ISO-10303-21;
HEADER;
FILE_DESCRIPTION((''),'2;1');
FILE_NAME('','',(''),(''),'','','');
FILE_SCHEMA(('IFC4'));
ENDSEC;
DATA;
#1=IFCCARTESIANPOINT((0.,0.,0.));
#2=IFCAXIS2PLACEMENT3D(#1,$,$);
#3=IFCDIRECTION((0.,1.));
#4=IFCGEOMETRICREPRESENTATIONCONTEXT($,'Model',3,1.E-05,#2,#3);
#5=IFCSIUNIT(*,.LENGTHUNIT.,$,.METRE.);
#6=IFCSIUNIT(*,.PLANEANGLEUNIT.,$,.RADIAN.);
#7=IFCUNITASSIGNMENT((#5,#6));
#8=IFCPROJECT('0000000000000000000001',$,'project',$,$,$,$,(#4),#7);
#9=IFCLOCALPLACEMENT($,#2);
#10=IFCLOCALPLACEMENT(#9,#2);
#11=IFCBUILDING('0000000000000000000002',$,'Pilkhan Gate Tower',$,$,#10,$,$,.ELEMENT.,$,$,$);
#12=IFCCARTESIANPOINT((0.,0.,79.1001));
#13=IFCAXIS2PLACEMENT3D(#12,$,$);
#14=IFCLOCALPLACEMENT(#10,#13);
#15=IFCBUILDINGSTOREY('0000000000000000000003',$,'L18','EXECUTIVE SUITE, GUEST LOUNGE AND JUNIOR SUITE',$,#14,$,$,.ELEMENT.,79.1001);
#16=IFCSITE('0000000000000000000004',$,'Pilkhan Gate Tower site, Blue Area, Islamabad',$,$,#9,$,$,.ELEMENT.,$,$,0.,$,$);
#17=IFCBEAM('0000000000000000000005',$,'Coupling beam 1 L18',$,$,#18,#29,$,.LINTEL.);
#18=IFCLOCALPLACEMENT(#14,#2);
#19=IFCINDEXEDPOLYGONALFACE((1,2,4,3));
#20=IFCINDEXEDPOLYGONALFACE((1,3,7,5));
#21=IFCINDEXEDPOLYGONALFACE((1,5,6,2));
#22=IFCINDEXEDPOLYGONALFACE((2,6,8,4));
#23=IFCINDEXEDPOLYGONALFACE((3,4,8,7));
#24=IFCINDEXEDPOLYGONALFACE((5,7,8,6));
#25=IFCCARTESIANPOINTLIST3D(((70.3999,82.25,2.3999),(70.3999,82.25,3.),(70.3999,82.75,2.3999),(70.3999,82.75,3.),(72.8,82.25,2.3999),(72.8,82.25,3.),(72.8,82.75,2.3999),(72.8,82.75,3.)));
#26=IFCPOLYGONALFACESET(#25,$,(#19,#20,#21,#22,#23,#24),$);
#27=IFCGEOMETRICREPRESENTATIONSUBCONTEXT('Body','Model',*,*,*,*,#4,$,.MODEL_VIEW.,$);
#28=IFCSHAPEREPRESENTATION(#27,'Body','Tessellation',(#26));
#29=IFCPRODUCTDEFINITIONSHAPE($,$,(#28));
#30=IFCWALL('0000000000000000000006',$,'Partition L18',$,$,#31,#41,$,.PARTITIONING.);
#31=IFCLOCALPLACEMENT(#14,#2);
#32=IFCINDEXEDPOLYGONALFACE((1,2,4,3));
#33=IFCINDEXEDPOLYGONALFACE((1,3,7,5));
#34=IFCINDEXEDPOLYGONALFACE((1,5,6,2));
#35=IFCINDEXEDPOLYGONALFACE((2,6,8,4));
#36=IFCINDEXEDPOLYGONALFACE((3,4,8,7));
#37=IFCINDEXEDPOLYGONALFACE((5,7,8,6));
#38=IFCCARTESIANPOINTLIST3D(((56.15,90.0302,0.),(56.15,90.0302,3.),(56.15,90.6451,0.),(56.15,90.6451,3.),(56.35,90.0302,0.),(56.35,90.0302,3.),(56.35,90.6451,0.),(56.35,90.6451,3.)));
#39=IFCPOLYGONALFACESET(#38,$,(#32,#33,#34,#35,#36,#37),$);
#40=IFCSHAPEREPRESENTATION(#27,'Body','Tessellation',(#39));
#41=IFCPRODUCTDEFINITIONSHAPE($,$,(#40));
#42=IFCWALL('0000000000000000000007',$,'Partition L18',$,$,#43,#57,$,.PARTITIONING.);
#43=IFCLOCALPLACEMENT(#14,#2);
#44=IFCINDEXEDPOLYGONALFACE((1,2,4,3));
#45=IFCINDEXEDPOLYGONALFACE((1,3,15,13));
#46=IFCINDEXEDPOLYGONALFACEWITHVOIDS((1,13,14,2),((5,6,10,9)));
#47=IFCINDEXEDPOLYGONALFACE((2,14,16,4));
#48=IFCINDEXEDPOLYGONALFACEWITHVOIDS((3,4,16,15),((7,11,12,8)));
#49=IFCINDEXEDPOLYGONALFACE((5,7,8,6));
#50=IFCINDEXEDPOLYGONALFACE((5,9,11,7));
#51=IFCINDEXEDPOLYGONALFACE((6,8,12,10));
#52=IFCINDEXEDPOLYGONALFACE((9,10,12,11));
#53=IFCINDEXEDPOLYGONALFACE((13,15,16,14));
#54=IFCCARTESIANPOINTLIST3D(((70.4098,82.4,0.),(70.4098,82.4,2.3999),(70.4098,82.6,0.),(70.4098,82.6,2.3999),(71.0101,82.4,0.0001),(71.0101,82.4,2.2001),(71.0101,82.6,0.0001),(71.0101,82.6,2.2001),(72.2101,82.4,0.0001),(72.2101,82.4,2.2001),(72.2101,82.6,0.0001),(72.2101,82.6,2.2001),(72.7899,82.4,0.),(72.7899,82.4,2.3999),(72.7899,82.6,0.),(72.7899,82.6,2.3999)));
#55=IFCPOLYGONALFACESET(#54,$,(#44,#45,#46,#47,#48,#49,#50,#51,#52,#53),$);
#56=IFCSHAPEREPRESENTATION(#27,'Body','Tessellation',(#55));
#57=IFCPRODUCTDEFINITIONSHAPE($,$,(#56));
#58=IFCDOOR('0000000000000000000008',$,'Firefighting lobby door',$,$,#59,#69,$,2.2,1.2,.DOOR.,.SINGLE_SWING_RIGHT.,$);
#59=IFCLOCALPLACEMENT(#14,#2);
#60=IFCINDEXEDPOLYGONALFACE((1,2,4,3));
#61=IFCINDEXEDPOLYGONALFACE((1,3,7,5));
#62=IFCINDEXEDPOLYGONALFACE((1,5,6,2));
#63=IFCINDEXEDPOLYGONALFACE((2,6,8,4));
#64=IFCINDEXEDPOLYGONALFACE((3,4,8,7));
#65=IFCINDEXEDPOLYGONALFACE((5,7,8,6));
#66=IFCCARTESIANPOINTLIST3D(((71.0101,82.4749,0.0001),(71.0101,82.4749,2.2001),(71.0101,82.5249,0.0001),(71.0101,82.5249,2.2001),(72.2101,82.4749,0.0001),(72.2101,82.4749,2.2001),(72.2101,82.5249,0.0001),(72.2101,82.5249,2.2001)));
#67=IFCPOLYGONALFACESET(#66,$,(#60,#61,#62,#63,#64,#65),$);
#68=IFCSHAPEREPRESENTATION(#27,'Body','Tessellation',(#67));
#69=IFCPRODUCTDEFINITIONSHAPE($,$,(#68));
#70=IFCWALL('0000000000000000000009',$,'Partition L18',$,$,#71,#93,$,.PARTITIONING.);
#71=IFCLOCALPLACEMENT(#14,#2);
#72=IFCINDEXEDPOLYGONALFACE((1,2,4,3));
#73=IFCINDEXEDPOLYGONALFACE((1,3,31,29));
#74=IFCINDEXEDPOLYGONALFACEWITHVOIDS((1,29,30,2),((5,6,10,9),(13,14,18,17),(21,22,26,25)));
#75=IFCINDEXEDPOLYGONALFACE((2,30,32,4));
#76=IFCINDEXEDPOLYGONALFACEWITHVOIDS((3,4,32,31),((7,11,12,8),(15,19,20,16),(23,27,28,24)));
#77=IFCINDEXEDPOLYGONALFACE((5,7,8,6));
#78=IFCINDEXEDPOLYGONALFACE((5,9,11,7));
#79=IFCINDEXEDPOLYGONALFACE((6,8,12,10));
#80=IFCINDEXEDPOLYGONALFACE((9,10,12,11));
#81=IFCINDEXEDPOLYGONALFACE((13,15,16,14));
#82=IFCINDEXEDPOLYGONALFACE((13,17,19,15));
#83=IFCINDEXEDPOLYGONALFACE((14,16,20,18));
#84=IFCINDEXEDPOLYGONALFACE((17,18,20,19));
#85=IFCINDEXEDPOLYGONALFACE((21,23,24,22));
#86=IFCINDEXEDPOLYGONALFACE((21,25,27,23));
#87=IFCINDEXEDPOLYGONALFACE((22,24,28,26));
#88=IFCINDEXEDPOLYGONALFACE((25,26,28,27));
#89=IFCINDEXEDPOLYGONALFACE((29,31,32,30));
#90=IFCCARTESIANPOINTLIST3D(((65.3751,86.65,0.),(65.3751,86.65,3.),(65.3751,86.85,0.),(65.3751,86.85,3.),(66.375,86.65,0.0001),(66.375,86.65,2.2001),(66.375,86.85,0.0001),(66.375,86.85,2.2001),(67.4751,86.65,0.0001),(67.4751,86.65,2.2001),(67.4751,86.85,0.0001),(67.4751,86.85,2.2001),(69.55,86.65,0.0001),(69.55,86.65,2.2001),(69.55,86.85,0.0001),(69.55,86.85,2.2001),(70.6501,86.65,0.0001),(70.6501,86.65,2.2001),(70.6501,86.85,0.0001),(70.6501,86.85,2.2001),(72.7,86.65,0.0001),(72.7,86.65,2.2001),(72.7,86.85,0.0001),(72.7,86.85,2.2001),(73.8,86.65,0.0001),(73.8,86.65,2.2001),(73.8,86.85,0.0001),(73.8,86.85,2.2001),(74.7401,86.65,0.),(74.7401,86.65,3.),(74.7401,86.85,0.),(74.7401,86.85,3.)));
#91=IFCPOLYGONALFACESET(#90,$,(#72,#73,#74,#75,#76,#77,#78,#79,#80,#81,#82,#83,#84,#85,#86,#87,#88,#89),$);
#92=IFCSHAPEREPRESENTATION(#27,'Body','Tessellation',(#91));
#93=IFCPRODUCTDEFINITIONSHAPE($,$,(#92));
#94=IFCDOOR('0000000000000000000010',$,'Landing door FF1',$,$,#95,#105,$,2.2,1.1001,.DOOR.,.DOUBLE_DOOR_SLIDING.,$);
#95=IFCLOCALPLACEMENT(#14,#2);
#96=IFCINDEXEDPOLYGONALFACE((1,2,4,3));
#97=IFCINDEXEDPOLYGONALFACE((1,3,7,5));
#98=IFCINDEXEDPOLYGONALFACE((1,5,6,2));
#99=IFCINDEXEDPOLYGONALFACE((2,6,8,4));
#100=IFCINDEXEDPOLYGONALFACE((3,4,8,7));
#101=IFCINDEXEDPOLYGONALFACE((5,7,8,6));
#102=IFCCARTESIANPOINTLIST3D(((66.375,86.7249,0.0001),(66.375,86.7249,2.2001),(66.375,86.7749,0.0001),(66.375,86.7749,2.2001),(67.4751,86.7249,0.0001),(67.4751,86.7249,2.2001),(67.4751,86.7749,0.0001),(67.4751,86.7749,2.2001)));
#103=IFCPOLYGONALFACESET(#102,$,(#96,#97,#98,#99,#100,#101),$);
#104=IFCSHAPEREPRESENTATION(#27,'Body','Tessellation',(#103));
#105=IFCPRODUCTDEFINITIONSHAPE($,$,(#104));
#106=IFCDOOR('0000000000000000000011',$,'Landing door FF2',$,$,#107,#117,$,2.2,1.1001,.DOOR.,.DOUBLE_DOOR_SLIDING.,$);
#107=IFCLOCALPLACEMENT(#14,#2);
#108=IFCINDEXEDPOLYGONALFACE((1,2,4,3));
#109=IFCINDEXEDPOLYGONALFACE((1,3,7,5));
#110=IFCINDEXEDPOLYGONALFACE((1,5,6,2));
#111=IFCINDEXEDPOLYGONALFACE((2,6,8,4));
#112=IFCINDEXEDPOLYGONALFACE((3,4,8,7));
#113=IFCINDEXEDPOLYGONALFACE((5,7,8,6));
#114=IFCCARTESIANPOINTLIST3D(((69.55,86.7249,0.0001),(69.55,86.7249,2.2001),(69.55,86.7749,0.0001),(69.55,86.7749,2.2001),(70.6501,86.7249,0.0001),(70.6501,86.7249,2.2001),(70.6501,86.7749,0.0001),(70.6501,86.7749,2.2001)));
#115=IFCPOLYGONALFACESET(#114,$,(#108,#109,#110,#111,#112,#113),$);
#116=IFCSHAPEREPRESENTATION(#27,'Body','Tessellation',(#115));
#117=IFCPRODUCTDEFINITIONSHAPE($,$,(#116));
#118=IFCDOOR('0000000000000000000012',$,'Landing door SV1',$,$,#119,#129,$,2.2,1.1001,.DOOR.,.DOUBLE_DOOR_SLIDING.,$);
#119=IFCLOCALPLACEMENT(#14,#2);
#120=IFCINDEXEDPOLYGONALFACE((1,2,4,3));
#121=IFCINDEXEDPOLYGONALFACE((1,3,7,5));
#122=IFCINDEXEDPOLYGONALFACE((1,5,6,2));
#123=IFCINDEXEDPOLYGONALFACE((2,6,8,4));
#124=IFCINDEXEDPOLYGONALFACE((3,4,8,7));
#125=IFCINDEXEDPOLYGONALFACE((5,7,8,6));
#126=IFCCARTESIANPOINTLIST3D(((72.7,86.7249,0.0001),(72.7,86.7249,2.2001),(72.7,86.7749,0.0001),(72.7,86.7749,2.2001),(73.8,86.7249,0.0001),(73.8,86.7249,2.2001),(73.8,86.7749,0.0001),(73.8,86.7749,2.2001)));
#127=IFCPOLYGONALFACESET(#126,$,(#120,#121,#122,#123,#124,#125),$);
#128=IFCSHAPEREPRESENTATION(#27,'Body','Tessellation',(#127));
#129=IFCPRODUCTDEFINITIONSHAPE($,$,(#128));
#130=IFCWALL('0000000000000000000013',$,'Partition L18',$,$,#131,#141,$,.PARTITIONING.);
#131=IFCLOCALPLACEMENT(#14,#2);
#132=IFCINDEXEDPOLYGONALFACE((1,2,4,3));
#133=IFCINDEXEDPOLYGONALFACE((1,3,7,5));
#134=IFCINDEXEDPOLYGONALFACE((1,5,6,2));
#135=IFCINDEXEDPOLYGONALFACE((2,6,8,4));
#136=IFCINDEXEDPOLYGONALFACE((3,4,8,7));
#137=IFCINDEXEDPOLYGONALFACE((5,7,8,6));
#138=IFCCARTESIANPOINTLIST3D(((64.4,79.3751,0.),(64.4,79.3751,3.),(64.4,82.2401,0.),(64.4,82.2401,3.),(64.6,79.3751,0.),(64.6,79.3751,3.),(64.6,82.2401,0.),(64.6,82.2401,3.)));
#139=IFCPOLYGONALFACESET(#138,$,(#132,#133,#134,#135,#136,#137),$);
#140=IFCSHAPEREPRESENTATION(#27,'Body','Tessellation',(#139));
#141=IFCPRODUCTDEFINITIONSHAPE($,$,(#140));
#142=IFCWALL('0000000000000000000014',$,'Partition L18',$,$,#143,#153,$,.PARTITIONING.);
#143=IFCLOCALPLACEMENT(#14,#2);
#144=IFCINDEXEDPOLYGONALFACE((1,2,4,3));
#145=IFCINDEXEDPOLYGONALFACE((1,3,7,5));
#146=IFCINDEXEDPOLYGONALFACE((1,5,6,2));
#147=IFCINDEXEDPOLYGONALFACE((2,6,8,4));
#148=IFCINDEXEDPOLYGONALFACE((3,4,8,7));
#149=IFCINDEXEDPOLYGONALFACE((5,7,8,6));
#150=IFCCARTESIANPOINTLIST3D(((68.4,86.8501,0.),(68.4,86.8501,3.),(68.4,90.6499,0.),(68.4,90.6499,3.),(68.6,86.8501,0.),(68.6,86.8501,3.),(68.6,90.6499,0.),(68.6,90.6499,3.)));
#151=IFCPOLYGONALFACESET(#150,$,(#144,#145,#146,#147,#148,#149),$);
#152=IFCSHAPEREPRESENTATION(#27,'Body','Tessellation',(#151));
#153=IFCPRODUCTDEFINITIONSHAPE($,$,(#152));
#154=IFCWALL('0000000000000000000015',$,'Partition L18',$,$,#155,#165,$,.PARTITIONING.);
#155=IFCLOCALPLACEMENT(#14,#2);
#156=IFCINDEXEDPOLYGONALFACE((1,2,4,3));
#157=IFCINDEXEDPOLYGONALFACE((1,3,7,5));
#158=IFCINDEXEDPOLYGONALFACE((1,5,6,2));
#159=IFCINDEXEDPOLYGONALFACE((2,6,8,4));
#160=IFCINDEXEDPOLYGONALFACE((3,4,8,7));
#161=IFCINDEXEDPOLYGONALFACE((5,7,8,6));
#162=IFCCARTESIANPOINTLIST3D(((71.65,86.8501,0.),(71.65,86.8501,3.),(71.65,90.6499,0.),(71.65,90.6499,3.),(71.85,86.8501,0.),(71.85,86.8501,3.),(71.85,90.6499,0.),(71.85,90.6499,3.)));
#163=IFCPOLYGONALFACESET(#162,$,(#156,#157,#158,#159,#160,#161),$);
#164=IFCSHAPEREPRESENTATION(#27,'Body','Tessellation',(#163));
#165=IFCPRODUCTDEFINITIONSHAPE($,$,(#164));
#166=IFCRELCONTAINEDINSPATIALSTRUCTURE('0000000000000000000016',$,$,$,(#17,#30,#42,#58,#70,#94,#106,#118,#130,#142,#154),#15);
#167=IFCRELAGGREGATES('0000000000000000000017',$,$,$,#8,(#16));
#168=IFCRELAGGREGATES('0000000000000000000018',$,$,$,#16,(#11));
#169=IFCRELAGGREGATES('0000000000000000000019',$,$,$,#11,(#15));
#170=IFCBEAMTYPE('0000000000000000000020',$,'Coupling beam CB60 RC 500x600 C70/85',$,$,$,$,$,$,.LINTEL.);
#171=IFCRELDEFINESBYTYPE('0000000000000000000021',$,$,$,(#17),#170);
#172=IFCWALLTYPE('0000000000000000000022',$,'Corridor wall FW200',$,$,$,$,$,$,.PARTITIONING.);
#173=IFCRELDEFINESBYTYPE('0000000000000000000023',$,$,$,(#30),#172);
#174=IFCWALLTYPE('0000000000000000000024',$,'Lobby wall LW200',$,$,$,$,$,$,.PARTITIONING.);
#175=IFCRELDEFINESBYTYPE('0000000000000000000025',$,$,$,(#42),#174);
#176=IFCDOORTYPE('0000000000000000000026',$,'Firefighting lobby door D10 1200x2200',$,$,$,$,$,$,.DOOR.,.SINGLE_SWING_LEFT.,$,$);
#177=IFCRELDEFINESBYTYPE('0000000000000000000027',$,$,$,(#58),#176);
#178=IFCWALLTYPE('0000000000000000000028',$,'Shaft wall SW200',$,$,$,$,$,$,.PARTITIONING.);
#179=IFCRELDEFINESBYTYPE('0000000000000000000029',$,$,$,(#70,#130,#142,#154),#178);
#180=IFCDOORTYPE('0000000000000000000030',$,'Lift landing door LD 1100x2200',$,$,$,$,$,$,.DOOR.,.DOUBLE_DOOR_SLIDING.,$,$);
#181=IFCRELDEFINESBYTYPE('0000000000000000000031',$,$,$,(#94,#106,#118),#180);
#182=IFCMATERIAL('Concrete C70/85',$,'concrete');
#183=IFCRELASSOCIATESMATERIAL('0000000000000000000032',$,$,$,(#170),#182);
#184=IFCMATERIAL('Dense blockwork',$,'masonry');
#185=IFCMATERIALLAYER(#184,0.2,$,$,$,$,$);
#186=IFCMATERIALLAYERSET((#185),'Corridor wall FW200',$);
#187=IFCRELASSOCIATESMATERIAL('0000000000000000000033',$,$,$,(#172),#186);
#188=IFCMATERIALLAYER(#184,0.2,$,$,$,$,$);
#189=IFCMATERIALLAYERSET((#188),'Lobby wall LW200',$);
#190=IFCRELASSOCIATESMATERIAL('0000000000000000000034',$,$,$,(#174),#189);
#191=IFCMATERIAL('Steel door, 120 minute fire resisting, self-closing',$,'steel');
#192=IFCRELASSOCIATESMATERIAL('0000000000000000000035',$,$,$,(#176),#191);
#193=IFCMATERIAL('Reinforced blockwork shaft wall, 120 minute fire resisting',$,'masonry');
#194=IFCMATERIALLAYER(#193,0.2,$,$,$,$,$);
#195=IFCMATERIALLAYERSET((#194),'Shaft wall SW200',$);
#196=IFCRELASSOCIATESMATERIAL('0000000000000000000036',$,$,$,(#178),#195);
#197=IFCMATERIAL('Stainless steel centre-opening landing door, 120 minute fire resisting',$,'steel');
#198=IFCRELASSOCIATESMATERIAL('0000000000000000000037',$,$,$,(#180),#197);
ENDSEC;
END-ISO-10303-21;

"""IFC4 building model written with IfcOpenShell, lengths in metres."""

from ifc_helpers import new_model, si_unit, direction, frame, frame_2d, origin, origin_2d, place, context, subcontext, project, spatial, rectangle, extrude, material, layer, layer_set, material_profile, profile_set, type_object, element, fill, save


model = new_model("IFC4")

# Units and contexts
model_context = context("Model", 3, precision=1e-05, world=origin(), true_north=direction((0.0, 1.0)))
body_context = subcontext(model_context, "Body", "Model", "MODEL_VIEW")
ifc_project = project(units=[si_unit("LENGTHUNIT", "METRE"), si_unit("PLANEANGLEUNIT", "RADIAN")], contexts=[model_context])

# Site, building, storey
site_placement = place(None, origin())
site = spatial("IfcSite", under=ifc_project, at=site_placement, Name="Pilkhan Gate Tower site, Blue Area, Islamabad", CompositionType="ELEMENT", RefElevation=0.0)
building_placement = place(site_placement, origin())
building = spatial("IfcBuilding", under=site, at=building_placement, Name="Pilkhan Gate Tower", CompositionType="ELEMENT")
storey_placement = place(building_placement, frame((0.0, 0.0, 79.1001)))
storey = spatial("IfcBuildingStorey", under=building, at=storey_placement, Name="L18", Description="EXECUTIVE SUITE, GUEST LOUNGE AND JUNIOR SUITE", CompositionType="ELEMENT", Elevation=79.1001)

# Beam
ifc_material_1 = material(Name="Concrete C70/85", Category="concrete")
ifc_material_profile = material_profile(ifc_material_1, rectangle(XDim=0.5, YDim=0.6001, at=origin_2d()), Name="RC 500x600")
ifc_profile_set = profile_set([ifc_material_profile], Name="Concrete C70/85")
beam_type = type_object("IfcBeamType", Name="Coupling beam CB60 RC 500x600 C70/85", PredefinedType="LINTEL", material=ifc_profile_set)
beam_placement = place(storey_placement, frame((70.3999, 82.5, 2.7), z_axis=(1.0, 0.0, 0.0), x_axis=(0.0, 1.0, 0.0)))
element("IfcBeam", 1, at=beam_placement, inside=storey, type_object=beam_type, Name="Coupling beam 1 L18", PredefinedType="LINTEL", context=body_context, shape_type="SweptSolid", body=[
    extrude(rectangle(XDim=0.5, YDim=0.6001, at=origin_2d()), origin(), (0.0, 0.0, 1.0), 2.4001),
])

# Wall
ifc_material_2 = material(Name="Dense blockwork", Category="masonry")
ifc_layer_1 = layer(ifc_material_2, 0.2)
ifc_layer_set_1 = layer_set([ifc_layer_1], Name="Corridor wall FW200")
wall_type_1 = type_object("IfcWallType", Name="Corridor wall FW200", PredefinedType="PARTITIONING", material=ifc_layer_set_1)
wall_1_placement = place(storey_placement, frame((56.25, 90.03, 0.0), z_axis=(0.0, 0.0, 1.0), x_axis=(0.0, 1.0, 0.0)))
element("IfcWall", 2, at=wall_1_placement, inside=storey, type_object=wall_type_1, Name="Partition L18", PredefinedType="PARTITIONING", context=body_context, shape_type="SweptSolid", body=[
    extrude(rectangle(XDim=0.615, YDim=0.2, at=frame_2d((0.3076, 0.0))), origin(), (0.0, 0.0, 1.0), 3.0),
])

# Wall, opening, door
ifc_layer_2 = layer(ifc_material_2, 0.2)
ifc_layer_set_2 = layer_set([ifc_layer_2], Name="Lobby wall LW200")
wall_type_2 = type_object("IfcWallType", Name="Lobby wall LW200", PredefinedType="PARTITIONING", material=ifc_layer_set_2)
wall_2_placement = place(storey_placement, frame((70.4099, 82.5, 0.0), z_axis=(0.0, 0.0, 1.0), x_axis=(1.0, 0.0, 0.0)))
wall_2 = element("IfcWall", 3, at=wall_2_placement, inside=storey, type_object=wall_type_2, Name="Partition L18", PredefinedType="PARTITIONING", context=body_context, shape_type="SweptSolid", body=[
    extrude(rectangle(XDim=2.3801, YDim=0.2, at=frame_2d((1.1899, 0.0))), origin(), (0.0, 0.0, 1.0), 2.3999),
])
opening_1_placement = place(wall_2_placement, frame((0.6001, 0.0, 0.0)))
opening_1 = element("IfcOpeningElement", 4, at=opening_1_placement, cuts=wall_2, PredefinedType="OPENING", context=body_context, shape_type="SweptSolid", body=[
    extrude(rectangle(XDim=1.2, YDim=2.2, at=frame_2d((0.6001, 1.1001))), frame((0.0, 0.1099, 0.0), z_axis=(0.0, -1.0, 0.0), x_axis=(1.0, 0.0, 0.0)), (0.0, 0.0, 1.0), 0.22),
])
ifc_material_3 = material(Name="Steel door, 120 minute fire resisting, self-closing", Category="steel")
door_type_1 = type_object("IfcDoorType", Name="Firefighting lobby door D10 1200x2200", OperationType="SINGLE_SWING_LEFT", PredefinedType="DOOR", material=ifc_material_3)
door_1_placement = place(opening_1_placement, origin())
door_1 = element("IfcDoor", 5, at=door_1_placement, inside=storey, type_object=door_type_1, Name="Firefighting lobby door", OperationType="SINGLE_SWING_RIGHT", OverallHeight=2.2, OverallWidth=1.2, PredefinedType="DOOR", context=body_context, shape_type="SweptSolid", body=[
    extrude(rectangle(XDim=1.2, YDim=2.2, at=frame_2d((0.6001, 1.1001))), frame((0.0, 0.0249, 0.0), z_axis=(0.0, -1.0, 0.0), x_axis=(1.0, 0.0, 0.0)), (0.0, 0.0, 1.0), 0.05),
])
fill(opening_1, door_1)

# Wall, openings, doors
ifc_material_4 = material(Name="Reinforced blockwork shaft wall, 120 minute fire resisting", Category="masonry")
ifc_layer_3 = layer(ifc_material_4, 0.2)
ifc_layer_set_3 = layer_set([ifc_layer_3], Name="Shaft wall SW200")
wall_type_3 = type_object("IfcWallType", Name="Shaft wall SW200", PredefinedType="PARTITIONING", material=ifc_layer_set_3)
wall_3_placement = place(storey_placement, frame((65.375, 86.75, 0.0), z_axis=(0.0, 0.0, 1.0), x_axis=(1.0, 0.0, 0.0)))
wall_3 = element("IfcWall", 6, at=wall_3_placement, inside=storey, type_object=wall_type_3, Name="Partition L18", PredefinedType="PARTITIONING", context=body_context, shape_type="SweptSolid", body=[
    extrude(rectangle(XDim=9.365, YDim=0.2, at=frame_2d((4.6826, 0.0))), origin(), (0.0, 0.0, 1.0), 3.0),
])
opening_2_placement = place(wall_3_placement, frame((1.0, 0.0, 0.0)))
opening_2 = element("IfcOpeningElement", 7, at=opening_2_placement, cuts=wall_3, PredefinedType="OPENING", context=body_context, shape_type="SweptSolid", body=[
    extrude(rectangle(XDim=1.1001, YDim=2.2, at=frame_2d((0.55, 1.1001))), frame((0.0, 0.1099, 0.0), z_axis=(0.0, -1.0, 0.0), x_axis=(1.0, 0.0, 0.0)), (0.0, 0.0, 1.0), 0.22),
])
opening_3_placement = place(wall_3_placement, frame((4.175, 0.0, 0.0)))
opening_3 = element("IfcOpeningElement", 8, at=opening_3_placement, cuts=wall_3, PredefinedType="OPENING", context=body_context, shape_type="SweptSolid", body=[
    extrude(rectangle(XDim=1.1001, YDim=2.2, at=frame_2d((0.55, 1.1001))), frame((0.0, 0.1099, 0.0), z_axis=(0.0, -1.0, 0.0), x_axis=(1.0, 0.0, 0.0)), (0.0, 0.0, 1.0), 0.22),
])
opening_4_placement = place(wall_3_placement, frame((7.325, 0.0, 0.0)))
opening_4 = element("IfcOpeningElement", 9, at=opening_4_placement, cuts=wall_3, PredefinedType="OPENING", context=body_context, shape_type="SweptSolid", body=[
    extrude(rectangle(XDim=1.1001, YDim=2.2, at=frame_2d((0.55, 1.1001))), frame((0.0, 0.1099, 0.0), z_axis=(0.0, -1.0, 0.0), x_axis=(1.0, 0.0, 0.0)), (0.0, 0.0, 1.0), 0.22),
])
ifc_material_5 = material(Name="Stainless steel centre-opening landing door, 120 minute fire resisting", Category="steel")
door_type_2 = type_object("IfcDoorType", Name="Lift landing door LD 1100x2200", OperationType="DOUBLE_DOOR_SLIDING", PredefinedType="DOOR", material=ifc_material_5)
door_2_placement = place(opening_2_placement, origin())
door_2 = element("IfcDoor", 10, at=door_2_placement, inside=storey, type_object=door_type_2, Name="Landing door FF1", OperationType="DOUBLE_DOOR_SLIDING", OverallHeight=2.2, OverallWidth=1.1001, PredefinedType="DOOR", context=body_context, shape_type="SweptSolid", body=[
    extrude(rectangle(XDim=1.1001, YDim=2.2, at=frame_2d((0.55, 1.1001))), frame((0.0, 0.0249, 0.0), z_axis=(0.0, -1.0, 0.0), x_axis=(1.0, 0.0, 0.0)), (0.0, 0.0, 1.0), 0.05),
])
fill(opening_2, door_2)
door_3_placement = place(opening_3_placement, origin())
door_3 = element("IfcDoor", 11, at=door_3_placement, inside=storey, type_object=door_type_2, Name="Landing door FF2", OperationType="DOUBLE_DOOR_SLIDING", OverallHeight=2.2, OverallWidth=1.1001, PredefinedType="DOOR", context=body_context, shape_type="SweptSolid", body=[
    extrude(rectangle(XDim=1.1001, YDim=2.2, at=frame_2d((0.55, 1.1001))), frame((0.0, 0.0249, 0.0), z_axis=(0.0, -1.0, 0.0), x_axis=(1.0, 0.0, 0.0)), (0.0, 0.0, 1.0), 0.05),
])
fill(opening_3, door_3)
door_4_placement = place(opening_4_placement, origin())
door_4 = element("IfcDoor", 12, at=door_4_placement, inside=storey, type_object=door_type_2, Name="Landing door SV1", OperationType="DOUBLE_DOOR_SLIDING", OverallHeight=2.2, OverallWidth=1.1001, PredefinedType="DOOR", context=body_context, shape_type="SweptSolid", body=[
    extrude(rectangle(XDim=1.1001, YDim=2.2, at=frame_2d((0.55, 1.1001))), frame((0.0, 0.0249, 0.0), z_axis=(0.0, -1.0, 0.0), x_axis=(1.0, 0.0, 0.0)), (0.0, 0.0, 1.0), 0.05),
])
fill(opening_4, door_4)

# Walls
wall_4_placement = place(storey_placement, frame((64.5, 79.375, 0.0), z_axis=(0.0, 0.0, 1.0), x_axis=(0.0, 1.0, 0.0)))
element("IfcWall", 13, at=wall_4_placement, inside=storey, type_object=wall_type_3, Name="Partition L18", PredefinedType="PARTITIONING", context=body_context, shape_type="SweptSolid", body=[
    extrude(rectangle(XDim=2.865, YDim=0.2, at=frame_2d((1.4326, 0.0))), origin(), (0.0, 0.0, 1.0), 3.0),
])
for number, where, z_axis, x_axis, name in (
    (14, (68.5, 86.8501, 0.0), (0.0, 0.0, 1.0), (0.0, 1.0, 0.0), "Partition L18"),
    (15, (71.75, 86.8501, 0.0), (0.0, 0.0, 1.0), (0.0, 1.0, 0.0), "Partition L18"),
):
    element("IfcWall", number, at=place(storey_placement, frame(where, z_axis=z_axis, x_axis=x_axis)), inside=storey, type_object=wall_type_3, Name=name, PredefinedType="PARTITIONING", context=body_context, shape_type="SweptSolid", body=[
        extrude(rectangle(XDim=3.7998, YDim=0.2, at=frame_2d((1.8999, 0.0))), origin(), (0.0, 0.0, 1.0), 3.0),
    ])

save(model, "model.ifc")
